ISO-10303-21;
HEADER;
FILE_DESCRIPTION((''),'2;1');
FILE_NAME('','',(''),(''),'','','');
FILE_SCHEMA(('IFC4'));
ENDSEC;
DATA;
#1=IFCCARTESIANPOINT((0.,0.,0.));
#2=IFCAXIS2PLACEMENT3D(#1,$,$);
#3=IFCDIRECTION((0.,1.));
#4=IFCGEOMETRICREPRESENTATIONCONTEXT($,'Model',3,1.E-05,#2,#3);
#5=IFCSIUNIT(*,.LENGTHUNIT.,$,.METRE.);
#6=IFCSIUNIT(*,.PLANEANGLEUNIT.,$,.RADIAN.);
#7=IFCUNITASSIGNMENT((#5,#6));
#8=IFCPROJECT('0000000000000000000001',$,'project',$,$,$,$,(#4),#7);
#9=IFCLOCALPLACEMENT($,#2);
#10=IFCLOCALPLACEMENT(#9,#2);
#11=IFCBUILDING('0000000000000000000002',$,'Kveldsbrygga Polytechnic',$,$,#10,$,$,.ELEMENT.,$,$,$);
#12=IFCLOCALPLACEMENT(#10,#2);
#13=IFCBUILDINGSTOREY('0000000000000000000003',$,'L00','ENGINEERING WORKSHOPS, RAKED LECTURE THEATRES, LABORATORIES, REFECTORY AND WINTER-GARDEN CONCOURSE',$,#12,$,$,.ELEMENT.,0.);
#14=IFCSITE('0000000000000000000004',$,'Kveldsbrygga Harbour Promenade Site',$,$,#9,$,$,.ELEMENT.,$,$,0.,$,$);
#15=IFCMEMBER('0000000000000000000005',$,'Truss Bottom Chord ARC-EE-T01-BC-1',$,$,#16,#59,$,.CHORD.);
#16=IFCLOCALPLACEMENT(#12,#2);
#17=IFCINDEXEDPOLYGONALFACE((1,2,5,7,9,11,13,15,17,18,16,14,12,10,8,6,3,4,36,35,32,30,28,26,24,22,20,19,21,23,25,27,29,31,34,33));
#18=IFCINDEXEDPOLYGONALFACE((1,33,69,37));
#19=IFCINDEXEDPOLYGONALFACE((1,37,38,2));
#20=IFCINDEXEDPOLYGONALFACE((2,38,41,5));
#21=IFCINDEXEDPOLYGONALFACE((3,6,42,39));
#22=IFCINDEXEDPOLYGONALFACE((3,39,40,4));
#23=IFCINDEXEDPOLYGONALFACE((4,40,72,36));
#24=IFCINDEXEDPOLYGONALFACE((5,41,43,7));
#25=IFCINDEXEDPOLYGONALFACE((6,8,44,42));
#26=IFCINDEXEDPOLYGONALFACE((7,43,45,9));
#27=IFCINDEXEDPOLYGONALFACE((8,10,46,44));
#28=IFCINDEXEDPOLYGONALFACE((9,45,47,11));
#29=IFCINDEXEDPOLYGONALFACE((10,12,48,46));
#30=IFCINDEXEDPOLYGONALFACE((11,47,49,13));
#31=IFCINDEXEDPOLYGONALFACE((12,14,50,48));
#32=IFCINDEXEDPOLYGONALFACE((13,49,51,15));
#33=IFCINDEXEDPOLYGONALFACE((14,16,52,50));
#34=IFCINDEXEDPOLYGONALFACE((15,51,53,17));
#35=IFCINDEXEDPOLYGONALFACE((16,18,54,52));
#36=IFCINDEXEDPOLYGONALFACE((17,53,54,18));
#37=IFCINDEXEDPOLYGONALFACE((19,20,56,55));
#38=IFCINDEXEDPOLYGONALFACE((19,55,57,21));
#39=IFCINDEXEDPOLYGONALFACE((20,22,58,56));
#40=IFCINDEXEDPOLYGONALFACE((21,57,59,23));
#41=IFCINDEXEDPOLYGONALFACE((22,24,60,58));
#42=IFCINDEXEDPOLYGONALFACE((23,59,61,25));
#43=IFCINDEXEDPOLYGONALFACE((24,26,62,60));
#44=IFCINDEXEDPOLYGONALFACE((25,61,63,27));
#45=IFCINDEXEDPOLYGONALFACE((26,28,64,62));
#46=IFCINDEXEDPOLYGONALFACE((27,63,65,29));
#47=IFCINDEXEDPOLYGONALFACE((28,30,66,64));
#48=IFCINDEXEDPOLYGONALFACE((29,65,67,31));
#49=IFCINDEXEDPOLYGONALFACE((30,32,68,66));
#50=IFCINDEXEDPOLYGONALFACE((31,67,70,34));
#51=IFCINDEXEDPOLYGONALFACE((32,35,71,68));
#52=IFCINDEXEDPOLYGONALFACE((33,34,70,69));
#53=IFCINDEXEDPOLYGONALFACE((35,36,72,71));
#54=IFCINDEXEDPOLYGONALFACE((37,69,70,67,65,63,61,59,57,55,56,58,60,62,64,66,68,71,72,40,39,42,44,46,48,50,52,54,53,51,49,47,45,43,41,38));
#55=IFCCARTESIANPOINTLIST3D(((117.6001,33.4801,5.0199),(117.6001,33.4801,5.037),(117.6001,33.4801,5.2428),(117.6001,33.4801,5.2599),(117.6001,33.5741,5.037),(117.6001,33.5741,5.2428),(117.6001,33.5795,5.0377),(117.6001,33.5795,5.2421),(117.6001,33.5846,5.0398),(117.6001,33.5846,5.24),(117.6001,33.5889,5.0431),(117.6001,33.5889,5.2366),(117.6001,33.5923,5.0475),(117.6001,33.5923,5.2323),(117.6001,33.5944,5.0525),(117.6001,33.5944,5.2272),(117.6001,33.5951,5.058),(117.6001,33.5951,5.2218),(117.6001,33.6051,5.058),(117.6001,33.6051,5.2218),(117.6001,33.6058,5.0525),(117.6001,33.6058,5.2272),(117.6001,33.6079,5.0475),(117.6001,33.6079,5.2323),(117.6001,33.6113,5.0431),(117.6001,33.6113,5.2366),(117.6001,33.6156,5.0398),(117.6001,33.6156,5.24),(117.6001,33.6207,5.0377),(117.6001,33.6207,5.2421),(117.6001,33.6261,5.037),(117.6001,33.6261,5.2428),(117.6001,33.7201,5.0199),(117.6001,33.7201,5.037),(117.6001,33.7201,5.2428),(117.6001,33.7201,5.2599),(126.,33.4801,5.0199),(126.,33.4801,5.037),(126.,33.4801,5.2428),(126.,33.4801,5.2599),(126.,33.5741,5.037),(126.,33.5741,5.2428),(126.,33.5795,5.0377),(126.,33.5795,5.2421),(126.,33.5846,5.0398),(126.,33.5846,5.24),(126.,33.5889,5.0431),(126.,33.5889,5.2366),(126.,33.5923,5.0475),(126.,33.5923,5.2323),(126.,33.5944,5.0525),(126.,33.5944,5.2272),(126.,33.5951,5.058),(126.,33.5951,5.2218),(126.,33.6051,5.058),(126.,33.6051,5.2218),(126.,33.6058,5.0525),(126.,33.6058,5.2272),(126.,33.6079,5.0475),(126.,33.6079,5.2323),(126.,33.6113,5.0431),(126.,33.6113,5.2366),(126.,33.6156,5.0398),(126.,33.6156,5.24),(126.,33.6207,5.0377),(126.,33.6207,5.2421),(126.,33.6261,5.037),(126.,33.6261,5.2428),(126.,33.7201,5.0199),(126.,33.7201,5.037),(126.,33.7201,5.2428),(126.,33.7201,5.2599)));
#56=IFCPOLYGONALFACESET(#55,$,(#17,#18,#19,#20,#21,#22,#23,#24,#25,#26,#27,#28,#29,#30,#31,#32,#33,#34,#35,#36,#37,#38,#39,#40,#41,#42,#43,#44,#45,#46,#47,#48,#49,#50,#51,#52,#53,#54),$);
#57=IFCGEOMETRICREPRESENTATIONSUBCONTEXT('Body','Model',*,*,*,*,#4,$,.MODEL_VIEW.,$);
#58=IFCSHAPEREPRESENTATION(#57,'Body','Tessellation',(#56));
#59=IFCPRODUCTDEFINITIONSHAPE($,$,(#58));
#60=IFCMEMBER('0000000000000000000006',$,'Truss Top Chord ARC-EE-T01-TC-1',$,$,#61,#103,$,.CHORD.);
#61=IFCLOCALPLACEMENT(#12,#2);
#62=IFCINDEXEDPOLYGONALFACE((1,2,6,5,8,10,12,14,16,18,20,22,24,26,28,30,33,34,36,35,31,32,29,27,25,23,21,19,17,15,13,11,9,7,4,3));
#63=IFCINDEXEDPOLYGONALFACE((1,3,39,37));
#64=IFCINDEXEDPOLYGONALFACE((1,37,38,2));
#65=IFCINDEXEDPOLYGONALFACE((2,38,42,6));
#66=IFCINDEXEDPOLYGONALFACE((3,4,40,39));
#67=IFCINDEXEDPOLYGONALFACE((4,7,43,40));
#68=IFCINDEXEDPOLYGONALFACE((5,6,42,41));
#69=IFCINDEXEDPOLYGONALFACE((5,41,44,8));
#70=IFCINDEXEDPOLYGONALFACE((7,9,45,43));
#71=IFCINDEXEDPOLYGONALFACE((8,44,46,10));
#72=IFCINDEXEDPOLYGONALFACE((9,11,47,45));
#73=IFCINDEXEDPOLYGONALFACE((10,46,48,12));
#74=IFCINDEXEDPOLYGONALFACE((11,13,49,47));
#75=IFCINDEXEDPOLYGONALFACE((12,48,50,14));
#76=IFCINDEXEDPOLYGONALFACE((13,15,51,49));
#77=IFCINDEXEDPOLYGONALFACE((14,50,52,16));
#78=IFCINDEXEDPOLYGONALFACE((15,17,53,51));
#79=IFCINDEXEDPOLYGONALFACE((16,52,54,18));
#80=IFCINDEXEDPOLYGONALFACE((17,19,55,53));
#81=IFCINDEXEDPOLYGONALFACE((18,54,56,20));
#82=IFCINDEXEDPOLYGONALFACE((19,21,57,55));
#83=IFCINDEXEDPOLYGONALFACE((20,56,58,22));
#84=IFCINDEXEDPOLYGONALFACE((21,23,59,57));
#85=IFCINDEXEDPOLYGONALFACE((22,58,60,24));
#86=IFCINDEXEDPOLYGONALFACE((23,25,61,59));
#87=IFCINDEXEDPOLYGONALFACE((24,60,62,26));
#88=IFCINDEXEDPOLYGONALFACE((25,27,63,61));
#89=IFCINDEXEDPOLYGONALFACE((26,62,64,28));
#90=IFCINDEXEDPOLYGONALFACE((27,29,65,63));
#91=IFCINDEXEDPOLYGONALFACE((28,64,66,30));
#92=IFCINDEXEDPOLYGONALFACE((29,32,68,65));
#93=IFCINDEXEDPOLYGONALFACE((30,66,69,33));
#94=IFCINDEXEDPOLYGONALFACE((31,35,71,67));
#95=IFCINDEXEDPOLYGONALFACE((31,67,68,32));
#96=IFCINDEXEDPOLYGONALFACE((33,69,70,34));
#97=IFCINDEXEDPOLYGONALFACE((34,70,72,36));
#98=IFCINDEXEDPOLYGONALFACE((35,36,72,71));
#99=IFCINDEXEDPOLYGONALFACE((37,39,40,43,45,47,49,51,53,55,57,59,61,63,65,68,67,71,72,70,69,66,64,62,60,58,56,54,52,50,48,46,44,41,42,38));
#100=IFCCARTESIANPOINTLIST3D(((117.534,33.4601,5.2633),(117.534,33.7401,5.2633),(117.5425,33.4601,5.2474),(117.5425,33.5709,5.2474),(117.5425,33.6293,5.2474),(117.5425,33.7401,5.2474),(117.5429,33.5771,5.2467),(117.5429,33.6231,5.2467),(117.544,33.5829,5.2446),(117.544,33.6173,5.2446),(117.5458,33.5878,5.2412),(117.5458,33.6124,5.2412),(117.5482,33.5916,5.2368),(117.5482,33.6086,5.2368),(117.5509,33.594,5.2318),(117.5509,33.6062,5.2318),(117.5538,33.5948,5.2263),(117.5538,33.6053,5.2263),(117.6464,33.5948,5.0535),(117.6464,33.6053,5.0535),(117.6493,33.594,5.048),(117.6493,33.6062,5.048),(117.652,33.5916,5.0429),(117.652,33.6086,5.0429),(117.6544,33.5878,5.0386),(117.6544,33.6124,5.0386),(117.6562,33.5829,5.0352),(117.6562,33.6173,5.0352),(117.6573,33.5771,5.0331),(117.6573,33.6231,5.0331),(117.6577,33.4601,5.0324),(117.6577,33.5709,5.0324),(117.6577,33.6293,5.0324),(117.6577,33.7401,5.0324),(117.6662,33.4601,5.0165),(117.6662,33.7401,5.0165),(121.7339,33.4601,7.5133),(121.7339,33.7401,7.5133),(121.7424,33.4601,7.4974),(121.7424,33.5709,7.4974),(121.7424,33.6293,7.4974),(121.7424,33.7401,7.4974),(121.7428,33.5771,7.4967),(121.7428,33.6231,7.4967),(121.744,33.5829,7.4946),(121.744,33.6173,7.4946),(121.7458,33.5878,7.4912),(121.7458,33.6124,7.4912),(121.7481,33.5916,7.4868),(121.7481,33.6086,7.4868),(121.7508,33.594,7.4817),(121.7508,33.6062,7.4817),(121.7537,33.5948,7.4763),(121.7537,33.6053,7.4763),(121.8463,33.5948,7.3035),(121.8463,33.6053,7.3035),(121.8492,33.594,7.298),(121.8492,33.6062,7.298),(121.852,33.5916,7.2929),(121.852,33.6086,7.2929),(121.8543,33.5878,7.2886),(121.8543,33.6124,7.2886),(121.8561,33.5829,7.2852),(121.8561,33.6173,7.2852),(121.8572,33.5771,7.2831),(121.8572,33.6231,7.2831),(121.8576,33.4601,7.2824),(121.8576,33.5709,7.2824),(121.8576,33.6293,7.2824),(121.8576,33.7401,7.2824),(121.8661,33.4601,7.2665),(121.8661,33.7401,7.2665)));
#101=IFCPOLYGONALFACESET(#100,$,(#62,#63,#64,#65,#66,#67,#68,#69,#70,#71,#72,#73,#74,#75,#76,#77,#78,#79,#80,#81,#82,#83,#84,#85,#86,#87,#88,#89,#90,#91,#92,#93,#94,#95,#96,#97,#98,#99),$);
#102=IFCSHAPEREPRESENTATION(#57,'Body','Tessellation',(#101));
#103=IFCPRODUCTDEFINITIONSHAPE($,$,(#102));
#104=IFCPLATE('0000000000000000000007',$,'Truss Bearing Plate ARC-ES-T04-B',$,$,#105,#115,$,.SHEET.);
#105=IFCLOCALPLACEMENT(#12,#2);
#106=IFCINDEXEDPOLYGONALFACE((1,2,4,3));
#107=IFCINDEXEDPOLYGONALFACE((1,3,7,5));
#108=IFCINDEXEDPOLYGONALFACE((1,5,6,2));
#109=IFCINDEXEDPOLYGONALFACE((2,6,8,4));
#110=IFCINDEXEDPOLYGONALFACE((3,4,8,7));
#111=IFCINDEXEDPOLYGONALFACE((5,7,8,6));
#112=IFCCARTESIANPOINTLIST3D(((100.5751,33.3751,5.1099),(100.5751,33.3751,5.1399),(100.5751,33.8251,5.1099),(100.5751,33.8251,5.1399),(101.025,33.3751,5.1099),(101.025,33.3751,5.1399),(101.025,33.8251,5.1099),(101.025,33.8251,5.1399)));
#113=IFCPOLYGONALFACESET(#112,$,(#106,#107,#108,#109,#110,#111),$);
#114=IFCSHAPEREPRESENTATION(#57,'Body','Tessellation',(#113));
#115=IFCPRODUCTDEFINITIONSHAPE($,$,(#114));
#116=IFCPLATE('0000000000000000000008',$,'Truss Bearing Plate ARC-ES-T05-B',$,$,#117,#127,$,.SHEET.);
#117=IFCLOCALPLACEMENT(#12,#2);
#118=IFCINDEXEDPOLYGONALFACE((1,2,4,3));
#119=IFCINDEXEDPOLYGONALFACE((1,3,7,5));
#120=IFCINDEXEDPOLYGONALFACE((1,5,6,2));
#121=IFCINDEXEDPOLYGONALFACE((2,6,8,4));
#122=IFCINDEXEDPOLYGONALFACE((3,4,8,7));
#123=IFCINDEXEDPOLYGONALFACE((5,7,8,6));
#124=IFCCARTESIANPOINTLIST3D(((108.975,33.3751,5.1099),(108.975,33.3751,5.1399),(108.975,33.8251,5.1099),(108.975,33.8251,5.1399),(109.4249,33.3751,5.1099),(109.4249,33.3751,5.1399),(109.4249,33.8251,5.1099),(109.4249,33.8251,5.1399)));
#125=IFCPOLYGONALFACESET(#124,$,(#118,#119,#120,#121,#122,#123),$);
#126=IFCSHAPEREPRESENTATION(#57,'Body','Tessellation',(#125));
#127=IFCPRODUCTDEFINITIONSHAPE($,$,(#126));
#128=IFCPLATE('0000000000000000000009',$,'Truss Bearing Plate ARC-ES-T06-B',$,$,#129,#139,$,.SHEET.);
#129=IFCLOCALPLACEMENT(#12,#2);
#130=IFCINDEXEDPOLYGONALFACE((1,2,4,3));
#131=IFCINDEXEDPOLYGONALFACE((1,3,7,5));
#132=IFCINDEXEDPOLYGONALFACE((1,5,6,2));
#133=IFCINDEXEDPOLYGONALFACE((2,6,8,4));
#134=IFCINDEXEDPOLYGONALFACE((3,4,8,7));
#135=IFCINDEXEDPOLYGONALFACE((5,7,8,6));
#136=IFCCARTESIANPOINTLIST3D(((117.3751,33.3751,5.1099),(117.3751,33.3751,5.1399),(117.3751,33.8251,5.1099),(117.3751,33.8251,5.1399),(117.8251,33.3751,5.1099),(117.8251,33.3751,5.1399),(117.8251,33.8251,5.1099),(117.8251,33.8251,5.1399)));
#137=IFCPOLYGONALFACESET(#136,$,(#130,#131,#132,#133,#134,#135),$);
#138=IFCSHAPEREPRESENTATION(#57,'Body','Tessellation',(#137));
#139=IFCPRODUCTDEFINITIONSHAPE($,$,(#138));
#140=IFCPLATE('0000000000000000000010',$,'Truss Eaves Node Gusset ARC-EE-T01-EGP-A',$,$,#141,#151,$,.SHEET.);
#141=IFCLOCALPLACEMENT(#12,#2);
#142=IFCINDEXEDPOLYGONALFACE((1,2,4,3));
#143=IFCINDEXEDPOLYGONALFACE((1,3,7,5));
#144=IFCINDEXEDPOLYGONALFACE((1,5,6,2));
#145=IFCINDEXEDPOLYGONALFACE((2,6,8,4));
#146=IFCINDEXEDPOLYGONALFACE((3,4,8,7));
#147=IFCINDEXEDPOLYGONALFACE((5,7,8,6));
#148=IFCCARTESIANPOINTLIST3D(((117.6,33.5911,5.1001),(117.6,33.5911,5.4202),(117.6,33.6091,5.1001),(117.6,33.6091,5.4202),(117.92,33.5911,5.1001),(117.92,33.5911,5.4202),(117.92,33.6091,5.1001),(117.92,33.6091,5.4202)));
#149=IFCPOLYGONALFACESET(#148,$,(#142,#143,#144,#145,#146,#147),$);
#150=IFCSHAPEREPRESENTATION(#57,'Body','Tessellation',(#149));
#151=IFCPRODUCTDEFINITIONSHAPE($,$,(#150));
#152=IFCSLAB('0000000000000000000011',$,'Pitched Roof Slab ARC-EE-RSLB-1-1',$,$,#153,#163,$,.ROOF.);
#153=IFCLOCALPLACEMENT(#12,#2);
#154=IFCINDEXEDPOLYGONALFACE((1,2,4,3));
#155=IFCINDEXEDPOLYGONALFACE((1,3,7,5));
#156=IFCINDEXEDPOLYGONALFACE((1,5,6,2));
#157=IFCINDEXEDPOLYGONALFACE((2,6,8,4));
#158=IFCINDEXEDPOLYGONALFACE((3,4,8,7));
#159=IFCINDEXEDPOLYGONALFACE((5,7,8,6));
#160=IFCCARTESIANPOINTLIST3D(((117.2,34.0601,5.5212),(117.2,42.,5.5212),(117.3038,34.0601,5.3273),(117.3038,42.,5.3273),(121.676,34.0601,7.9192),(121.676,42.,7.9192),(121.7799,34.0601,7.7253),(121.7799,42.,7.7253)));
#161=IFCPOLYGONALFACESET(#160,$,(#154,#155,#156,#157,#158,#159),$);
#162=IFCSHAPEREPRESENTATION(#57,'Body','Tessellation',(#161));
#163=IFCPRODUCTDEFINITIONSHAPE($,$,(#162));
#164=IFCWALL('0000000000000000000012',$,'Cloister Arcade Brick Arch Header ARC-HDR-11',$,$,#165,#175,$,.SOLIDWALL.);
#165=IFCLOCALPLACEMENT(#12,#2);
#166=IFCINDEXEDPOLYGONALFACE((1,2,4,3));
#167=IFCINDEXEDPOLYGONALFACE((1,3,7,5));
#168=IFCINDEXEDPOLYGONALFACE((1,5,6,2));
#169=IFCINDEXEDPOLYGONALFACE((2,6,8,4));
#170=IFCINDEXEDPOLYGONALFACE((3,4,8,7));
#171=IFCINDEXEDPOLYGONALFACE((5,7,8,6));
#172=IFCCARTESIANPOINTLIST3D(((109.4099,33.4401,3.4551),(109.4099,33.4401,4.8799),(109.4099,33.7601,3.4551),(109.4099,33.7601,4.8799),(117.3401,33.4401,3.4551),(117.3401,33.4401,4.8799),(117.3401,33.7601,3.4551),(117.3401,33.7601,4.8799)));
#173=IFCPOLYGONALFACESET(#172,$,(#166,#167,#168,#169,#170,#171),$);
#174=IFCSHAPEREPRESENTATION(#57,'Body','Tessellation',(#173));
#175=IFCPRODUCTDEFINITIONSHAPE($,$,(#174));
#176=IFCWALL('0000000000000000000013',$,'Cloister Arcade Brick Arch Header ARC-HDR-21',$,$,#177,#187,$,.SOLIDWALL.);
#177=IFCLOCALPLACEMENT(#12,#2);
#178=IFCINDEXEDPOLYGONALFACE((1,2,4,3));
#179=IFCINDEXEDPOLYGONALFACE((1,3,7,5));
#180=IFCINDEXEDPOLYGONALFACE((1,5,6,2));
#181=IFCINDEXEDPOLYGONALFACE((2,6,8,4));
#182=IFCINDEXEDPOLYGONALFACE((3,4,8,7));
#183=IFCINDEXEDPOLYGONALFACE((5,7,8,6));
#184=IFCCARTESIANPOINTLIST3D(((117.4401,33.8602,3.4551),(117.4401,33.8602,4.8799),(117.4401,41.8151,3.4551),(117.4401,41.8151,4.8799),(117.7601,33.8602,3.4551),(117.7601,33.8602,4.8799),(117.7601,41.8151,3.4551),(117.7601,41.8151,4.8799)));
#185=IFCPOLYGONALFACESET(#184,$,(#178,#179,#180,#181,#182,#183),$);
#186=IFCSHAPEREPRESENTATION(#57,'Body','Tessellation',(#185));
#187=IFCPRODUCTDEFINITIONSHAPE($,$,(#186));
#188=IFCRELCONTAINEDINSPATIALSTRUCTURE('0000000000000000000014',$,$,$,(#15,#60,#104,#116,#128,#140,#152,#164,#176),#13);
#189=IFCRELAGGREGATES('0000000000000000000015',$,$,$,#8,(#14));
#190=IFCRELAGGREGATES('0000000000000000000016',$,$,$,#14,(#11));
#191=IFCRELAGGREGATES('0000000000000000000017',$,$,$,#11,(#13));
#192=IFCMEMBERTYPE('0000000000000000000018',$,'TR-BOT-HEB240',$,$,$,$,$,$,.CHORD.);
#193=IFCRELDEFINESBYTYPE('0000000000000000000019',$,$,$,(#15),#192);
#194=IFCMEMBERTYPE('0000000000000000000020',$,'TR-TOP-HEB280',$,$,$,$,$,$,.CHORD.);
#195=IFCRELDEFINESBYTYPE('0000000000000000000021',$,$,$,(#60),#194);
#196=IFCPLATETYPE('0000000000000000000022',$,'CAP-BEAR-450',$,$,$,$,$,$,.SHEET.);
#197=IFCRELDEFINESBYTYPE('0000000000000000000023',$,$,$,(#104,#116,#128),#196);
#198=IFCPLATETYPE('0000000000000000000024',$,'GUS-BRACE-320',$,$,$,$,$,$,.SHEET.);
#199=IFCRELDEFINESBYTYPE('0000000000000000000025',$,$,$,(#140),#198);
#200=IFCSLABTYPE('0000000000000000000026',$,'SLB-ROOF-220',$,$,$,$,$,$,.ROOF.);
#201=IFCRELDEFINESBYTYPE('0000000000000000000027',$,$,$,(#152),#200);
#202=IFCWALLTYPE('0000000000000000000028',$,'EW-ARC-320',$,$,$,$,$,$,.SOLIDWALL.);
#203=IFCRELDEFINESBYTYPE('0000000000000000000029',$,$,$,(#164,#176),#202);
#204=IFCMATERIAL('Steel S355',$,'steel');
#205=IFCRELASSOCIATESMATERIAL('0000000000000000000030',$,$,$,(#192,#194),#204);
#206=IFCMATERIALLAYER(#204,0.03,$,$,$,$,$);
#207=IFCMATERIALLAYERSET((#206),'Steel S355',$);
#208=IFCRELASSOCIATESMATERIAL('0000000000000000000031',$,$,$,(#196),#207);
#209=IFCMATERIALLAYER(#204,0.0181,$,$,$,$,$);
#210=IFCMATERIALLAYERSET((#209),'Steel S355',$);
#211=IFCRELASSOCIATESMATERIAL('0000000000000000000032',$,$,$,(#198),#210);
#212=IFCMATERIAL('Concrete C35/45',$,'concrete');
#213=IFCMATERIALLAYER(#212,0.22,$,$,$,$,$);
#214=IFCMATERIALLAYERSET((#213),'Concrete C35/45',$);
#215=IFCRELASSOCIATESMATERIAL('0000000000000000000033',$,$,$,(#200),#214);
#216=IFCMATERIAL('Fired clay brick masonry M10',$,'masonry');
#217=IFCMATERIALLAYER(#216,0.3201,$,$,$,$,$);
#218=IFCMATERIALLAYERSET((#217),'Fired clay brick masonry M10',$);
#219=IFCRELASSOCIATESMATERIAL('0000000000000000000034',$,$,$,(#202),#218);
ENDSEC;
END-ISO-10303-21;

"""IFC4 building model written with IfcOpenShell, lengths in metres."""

from ifc_helpers import new_model, si_unit, direction, frame, frame_2d, origin, origin_2d, place, context, subcontext, project, spatial, polyline, rectangle, i_section, outline, extrude, material, layer, layer_set, material_profile, profile_set, type_object, element, save


model = new_model("IFC4")

# Units and contexts
model_context = context("Model", 3, precision=1e-05, world=origin(), true_north=direction((0.0, 1.0)))
body_context = subcontext(model_context, "Body", "Model", "MODEL_VIEW")
ifc_project = project(units=[si_unit("LENGTHUNIT", "METRE"), si_unit("PLANEANGLEUNIT", "RADIAN")], contexts=[model_context])

# Site, building, storey
site_placement = place(None, origin())
site = spatial("IfcSite", under=ifc_project, at=site_placement, Name="Kveldsbrygga Harbour Promenade Site", CompositionType="ELEMENT", RefElevation=0.0)
building_placement = place(site_placement, origin())
building = spatial("IfcBuilding", under=site, at=building_placement, Name="Kveldsbrygga Polytechnic", CompositionType="ELEMENT")
storey_placement = place(building_placement, origin())
storey = spatial("IfcBuildingStorey", under=building, at=storey_placement, Name="L00", Description="ENGINEERING WORKSHOPS, RAKED LECTURE THEATRES, LABORATORIES, REFECTORY AND WINTER-GARDEN CONCOURSE", CompositionType="ELEMENT", Elevation=0.0)

# Shared definitions
ifc_material_1 = material(Name="Concrete C35/45", Category="concrete")

# Members
ifc_material_2 = material(Name="Steel S355", Category="steel")
ifc_material_profile_1 = material_profile(ifc_material_2, i_section(OverallWidth=0.24, OverallDepth=0.24, WebThickness=0.01, FlangeThickness=0.0171, FilletRadius=0.021, at=origin_2d()), Name="HEB 240")
ifc_profile_set_1 = profile_set([ifc_material_profile_1], Name="Steel S355")
member_type_1 = type_object("IfcMemberType", Name="TR-BOT-HEB240", PredefinedType="CHORD", material=ifc_profile_set_1)
member_1_placement = place(storey_placement, frame((117.6001, 33.6001, 5.1399), z_axis=(1.0, 0.0, 0.0), x_axis=(0.0, 1.0, 0.0)))
element("IfcMember", 1, at=member_1_placement, inside=storey, type_object=member_type_1, Name="Truss Bottom Chord ARC-EE-T01-BC-1", PredefinedType="CHORD", context=body_context, shape_type="SweptSolid", body=[
    extrude(i_section(OverallWidth=0.24, OverallDepth=0.24, WebThickness=0.01, FlangeThickness=0.0171, FilletRadius=0.021, at=origin_2d()), origin(), (0.0, 0.0, 1.0), 8.3999),
])
ifc_material_profile_2 = material_profile(ifc_material_2, i_section(OverallWidth=0.28, OverallDepth=0.28, WebThickness=0.0105, FlangeThickness=0.0181, FilletRadius=0.0239, at=origin_2d()), Name="HEB 280")
ifc_profile_set_2 = profile_set([ifc_material_profile_2], Name="Steel S355")
member_type_2 = type_object("IfcMemberType", Name="TR-TOP-HEB280", PredefinedType="CHORD", material=ifc_profile_set_2)
member_2_placement = place(storey_placement, frame((117.6001, 33.6001, 5.1399), z_axis=(0.881478, 0.0, 0.472226), x_axis=(0.0, 1.0, 0.0)))
element("IfcMember", 2, at=member_2_placement, inside=storey, type_object=member_type_2, Name="Truss Top Chord ARC-EE-T01-TC-1", PredefinedType="CHORD", context=body_context, shape_type="SweptSolid", body=[
    extrude(i_section(OverallWidth=0.28, OverallDepth=0.28, WebThickness=0.0105, FlangeThickness=0.0181, FilletRadius=0.0239, at=origin_2d()), origin(), (0.0, 0.0, 1.0), 4.7646),
])

# Plates
ifc_layer_1 = layer(ifc_material_2, 0.03)
ifc_layer_set_1 = layer_set([ifc_layer_1], Name="Steel S355")
plate_type_1 = type_object("IfcPlateType", Name="CAP-BEAR-450", PredefinedType="SHEET", material=ifc_layer_set_1)
for number, where, z_axis, x_axis, name in (
    (3, (100.8, 33.6001, 5.1099), (0.0, 0.0, 1.0), (1.0, 0.0, 0.0), "Truss Bearing Plate ARC-ES-T04-B"),
    (4, (109.2, 33.6001, 5.1099), (0.0, 0.0, 1.0), (1.0, 0.0, 0.0), "Truss Bearing Plate ARC-ES-T05-B"),
    (5, (117.6001, 33.6001, 5.1099), (0.0, 0.0, 1.0), (1.0, 0.0, 0.0), "Truss Bearing Plate ARC-ES-T06-B"),
):
    element("IfcPlate", number, at=place(storey_placement, frame(where, z_axis=z_axis, x_axis=x_axis)), inside=storey, type_object=plate_type_1, Name=name, PredefinedType="SHEET", context=body_context, shape_type="SweptSolid", body=[
        extrude(rectangle(XDim=0.45, YDim=0.45, at=origin_2d()), origin(), (0.0, 0.0, 1.0), 0.03),
    ])
ifc_layer_2 = layer(ifc_material_2, 0.0181)
ifc_layer_set_2 = layer_set([ifc_layer_2], Name="Steel S355")
plate_type_2 = type_object("IfcPlateType", Name="GUS-BRACE-320", PredefinedType="SHEET", material=ifc_layer_set_2)
plate_placement = place(storey_placement, frame((117.76, 33.6001, 5.1001), z_axis=(0.0, 0.0, 1.0), x_axis=(1.0, 0.0, 0.0)))
element("IfcPlate", 6, at=plate_placement, inside=storey, type_object=plate_type_2, Name="Truss Eaves Node Gusset ARC-EE-T01-EGP-A", PredefinedType="SHEET", context=body_context, shape_type="SweptSolid", body=[
    extrude(rectangle(XDim=0.3201, YDim=0.0181, at=origin_2d()), origin(), (0.0, 0.0, 1.0), 0.3201),
])

# Slab
ifc_layer_3 = layer(ifc_material_1, 0.22)
ifc_layer_set_3 = layer_set([ifc_layer_3], Name="Concrete C35/45")
slab_type = type_object("IfcSlabType", Name="SLB-ROOF-220", PredefinedType="ROOF", material=ifc_layer_set_3)
slab_placement = place(storey_placement, frame((117.2, 34.0601, 5.5212), z_axis=(-0.472229, 0.0, 0.881476), x_axis=(0.881476, 0.0, 0.472229)))
element("IfcSlab", 7, at=slab_placement, inside=storey, type_object=slab_type, Name="Pitched Roof Slab ARC-EE-RSLB-1-1", PredefinedType="ROOF", context=body_context, shape_type="SweptSolid", body=[
    extrude(outline(polyline([(0.0, 0.0), (5.0779, 0.0), (5.0779, 7.9399), (0.0, 7.9399), (0.0, 0.0)])), origin(), (0.0, 0.0, -1.0), 0.22),
])

# Walls
ifc_material_3 = material(Name="Fired clay brick masonry M10", Category="masonry")
ifc_layer_4 = layer(ifc_material_3, 0.3201)
ifc_layer_set_4 = layer_set([ifc_layer_4], Name="Fired clay brick masonry M10")
wall_type = type_object("IfcWallType", Name="EW-ARC-320", PredefinedType="SOLIDWALL", material=ifc_layer_set_4)
wall_1_placement = place(storey_placement, frame((109.4099, 33.6001, 3.4551), z_axis=(0.0, 0.0, 1.0), x_axis=(1.0, 0.0, 0.0)))
element("IfcWall", 8, at=wall_1_placement, inside=storey, type_object=wall_type, Name="Cloister Arcade Brick Arch Header ARC-HDR-11", PredefinedType="SOLIDWALL", context=body_context, shape_type="SweptSolid", body=[
    extrude(rectangle(XDim=7.9302, YDim=0.3201, at=frame_2d((3.9651, 0.0))), origin(), (0.0, 0.0, 1.0), 1.4248),
])
wall_2_placement = place(storey_placement, frame((117.6001, 33.8601, 3.4551), z_axis=(0.0, 0.0, 1.0), x_axis=(0.0, 1.0, 0.0)))
element("IfcWall", 9, at=wall_2_placement, inside=storey, type_object=wall_type, Name="Cloister Arcade Brick Arch Header ARC-HDR-21", PredefinedType="SOLIDWALL", context=body_context, shape_type="SweptSolid", body=[
    extrude(rectangle(XDim=7.9548, YDim=0.3201, at=frame_2d((3.9775, 0.0))), origin(), (0.0, 0.0, 1.0), 1.4248),
])

save(model, "model.ifc")
